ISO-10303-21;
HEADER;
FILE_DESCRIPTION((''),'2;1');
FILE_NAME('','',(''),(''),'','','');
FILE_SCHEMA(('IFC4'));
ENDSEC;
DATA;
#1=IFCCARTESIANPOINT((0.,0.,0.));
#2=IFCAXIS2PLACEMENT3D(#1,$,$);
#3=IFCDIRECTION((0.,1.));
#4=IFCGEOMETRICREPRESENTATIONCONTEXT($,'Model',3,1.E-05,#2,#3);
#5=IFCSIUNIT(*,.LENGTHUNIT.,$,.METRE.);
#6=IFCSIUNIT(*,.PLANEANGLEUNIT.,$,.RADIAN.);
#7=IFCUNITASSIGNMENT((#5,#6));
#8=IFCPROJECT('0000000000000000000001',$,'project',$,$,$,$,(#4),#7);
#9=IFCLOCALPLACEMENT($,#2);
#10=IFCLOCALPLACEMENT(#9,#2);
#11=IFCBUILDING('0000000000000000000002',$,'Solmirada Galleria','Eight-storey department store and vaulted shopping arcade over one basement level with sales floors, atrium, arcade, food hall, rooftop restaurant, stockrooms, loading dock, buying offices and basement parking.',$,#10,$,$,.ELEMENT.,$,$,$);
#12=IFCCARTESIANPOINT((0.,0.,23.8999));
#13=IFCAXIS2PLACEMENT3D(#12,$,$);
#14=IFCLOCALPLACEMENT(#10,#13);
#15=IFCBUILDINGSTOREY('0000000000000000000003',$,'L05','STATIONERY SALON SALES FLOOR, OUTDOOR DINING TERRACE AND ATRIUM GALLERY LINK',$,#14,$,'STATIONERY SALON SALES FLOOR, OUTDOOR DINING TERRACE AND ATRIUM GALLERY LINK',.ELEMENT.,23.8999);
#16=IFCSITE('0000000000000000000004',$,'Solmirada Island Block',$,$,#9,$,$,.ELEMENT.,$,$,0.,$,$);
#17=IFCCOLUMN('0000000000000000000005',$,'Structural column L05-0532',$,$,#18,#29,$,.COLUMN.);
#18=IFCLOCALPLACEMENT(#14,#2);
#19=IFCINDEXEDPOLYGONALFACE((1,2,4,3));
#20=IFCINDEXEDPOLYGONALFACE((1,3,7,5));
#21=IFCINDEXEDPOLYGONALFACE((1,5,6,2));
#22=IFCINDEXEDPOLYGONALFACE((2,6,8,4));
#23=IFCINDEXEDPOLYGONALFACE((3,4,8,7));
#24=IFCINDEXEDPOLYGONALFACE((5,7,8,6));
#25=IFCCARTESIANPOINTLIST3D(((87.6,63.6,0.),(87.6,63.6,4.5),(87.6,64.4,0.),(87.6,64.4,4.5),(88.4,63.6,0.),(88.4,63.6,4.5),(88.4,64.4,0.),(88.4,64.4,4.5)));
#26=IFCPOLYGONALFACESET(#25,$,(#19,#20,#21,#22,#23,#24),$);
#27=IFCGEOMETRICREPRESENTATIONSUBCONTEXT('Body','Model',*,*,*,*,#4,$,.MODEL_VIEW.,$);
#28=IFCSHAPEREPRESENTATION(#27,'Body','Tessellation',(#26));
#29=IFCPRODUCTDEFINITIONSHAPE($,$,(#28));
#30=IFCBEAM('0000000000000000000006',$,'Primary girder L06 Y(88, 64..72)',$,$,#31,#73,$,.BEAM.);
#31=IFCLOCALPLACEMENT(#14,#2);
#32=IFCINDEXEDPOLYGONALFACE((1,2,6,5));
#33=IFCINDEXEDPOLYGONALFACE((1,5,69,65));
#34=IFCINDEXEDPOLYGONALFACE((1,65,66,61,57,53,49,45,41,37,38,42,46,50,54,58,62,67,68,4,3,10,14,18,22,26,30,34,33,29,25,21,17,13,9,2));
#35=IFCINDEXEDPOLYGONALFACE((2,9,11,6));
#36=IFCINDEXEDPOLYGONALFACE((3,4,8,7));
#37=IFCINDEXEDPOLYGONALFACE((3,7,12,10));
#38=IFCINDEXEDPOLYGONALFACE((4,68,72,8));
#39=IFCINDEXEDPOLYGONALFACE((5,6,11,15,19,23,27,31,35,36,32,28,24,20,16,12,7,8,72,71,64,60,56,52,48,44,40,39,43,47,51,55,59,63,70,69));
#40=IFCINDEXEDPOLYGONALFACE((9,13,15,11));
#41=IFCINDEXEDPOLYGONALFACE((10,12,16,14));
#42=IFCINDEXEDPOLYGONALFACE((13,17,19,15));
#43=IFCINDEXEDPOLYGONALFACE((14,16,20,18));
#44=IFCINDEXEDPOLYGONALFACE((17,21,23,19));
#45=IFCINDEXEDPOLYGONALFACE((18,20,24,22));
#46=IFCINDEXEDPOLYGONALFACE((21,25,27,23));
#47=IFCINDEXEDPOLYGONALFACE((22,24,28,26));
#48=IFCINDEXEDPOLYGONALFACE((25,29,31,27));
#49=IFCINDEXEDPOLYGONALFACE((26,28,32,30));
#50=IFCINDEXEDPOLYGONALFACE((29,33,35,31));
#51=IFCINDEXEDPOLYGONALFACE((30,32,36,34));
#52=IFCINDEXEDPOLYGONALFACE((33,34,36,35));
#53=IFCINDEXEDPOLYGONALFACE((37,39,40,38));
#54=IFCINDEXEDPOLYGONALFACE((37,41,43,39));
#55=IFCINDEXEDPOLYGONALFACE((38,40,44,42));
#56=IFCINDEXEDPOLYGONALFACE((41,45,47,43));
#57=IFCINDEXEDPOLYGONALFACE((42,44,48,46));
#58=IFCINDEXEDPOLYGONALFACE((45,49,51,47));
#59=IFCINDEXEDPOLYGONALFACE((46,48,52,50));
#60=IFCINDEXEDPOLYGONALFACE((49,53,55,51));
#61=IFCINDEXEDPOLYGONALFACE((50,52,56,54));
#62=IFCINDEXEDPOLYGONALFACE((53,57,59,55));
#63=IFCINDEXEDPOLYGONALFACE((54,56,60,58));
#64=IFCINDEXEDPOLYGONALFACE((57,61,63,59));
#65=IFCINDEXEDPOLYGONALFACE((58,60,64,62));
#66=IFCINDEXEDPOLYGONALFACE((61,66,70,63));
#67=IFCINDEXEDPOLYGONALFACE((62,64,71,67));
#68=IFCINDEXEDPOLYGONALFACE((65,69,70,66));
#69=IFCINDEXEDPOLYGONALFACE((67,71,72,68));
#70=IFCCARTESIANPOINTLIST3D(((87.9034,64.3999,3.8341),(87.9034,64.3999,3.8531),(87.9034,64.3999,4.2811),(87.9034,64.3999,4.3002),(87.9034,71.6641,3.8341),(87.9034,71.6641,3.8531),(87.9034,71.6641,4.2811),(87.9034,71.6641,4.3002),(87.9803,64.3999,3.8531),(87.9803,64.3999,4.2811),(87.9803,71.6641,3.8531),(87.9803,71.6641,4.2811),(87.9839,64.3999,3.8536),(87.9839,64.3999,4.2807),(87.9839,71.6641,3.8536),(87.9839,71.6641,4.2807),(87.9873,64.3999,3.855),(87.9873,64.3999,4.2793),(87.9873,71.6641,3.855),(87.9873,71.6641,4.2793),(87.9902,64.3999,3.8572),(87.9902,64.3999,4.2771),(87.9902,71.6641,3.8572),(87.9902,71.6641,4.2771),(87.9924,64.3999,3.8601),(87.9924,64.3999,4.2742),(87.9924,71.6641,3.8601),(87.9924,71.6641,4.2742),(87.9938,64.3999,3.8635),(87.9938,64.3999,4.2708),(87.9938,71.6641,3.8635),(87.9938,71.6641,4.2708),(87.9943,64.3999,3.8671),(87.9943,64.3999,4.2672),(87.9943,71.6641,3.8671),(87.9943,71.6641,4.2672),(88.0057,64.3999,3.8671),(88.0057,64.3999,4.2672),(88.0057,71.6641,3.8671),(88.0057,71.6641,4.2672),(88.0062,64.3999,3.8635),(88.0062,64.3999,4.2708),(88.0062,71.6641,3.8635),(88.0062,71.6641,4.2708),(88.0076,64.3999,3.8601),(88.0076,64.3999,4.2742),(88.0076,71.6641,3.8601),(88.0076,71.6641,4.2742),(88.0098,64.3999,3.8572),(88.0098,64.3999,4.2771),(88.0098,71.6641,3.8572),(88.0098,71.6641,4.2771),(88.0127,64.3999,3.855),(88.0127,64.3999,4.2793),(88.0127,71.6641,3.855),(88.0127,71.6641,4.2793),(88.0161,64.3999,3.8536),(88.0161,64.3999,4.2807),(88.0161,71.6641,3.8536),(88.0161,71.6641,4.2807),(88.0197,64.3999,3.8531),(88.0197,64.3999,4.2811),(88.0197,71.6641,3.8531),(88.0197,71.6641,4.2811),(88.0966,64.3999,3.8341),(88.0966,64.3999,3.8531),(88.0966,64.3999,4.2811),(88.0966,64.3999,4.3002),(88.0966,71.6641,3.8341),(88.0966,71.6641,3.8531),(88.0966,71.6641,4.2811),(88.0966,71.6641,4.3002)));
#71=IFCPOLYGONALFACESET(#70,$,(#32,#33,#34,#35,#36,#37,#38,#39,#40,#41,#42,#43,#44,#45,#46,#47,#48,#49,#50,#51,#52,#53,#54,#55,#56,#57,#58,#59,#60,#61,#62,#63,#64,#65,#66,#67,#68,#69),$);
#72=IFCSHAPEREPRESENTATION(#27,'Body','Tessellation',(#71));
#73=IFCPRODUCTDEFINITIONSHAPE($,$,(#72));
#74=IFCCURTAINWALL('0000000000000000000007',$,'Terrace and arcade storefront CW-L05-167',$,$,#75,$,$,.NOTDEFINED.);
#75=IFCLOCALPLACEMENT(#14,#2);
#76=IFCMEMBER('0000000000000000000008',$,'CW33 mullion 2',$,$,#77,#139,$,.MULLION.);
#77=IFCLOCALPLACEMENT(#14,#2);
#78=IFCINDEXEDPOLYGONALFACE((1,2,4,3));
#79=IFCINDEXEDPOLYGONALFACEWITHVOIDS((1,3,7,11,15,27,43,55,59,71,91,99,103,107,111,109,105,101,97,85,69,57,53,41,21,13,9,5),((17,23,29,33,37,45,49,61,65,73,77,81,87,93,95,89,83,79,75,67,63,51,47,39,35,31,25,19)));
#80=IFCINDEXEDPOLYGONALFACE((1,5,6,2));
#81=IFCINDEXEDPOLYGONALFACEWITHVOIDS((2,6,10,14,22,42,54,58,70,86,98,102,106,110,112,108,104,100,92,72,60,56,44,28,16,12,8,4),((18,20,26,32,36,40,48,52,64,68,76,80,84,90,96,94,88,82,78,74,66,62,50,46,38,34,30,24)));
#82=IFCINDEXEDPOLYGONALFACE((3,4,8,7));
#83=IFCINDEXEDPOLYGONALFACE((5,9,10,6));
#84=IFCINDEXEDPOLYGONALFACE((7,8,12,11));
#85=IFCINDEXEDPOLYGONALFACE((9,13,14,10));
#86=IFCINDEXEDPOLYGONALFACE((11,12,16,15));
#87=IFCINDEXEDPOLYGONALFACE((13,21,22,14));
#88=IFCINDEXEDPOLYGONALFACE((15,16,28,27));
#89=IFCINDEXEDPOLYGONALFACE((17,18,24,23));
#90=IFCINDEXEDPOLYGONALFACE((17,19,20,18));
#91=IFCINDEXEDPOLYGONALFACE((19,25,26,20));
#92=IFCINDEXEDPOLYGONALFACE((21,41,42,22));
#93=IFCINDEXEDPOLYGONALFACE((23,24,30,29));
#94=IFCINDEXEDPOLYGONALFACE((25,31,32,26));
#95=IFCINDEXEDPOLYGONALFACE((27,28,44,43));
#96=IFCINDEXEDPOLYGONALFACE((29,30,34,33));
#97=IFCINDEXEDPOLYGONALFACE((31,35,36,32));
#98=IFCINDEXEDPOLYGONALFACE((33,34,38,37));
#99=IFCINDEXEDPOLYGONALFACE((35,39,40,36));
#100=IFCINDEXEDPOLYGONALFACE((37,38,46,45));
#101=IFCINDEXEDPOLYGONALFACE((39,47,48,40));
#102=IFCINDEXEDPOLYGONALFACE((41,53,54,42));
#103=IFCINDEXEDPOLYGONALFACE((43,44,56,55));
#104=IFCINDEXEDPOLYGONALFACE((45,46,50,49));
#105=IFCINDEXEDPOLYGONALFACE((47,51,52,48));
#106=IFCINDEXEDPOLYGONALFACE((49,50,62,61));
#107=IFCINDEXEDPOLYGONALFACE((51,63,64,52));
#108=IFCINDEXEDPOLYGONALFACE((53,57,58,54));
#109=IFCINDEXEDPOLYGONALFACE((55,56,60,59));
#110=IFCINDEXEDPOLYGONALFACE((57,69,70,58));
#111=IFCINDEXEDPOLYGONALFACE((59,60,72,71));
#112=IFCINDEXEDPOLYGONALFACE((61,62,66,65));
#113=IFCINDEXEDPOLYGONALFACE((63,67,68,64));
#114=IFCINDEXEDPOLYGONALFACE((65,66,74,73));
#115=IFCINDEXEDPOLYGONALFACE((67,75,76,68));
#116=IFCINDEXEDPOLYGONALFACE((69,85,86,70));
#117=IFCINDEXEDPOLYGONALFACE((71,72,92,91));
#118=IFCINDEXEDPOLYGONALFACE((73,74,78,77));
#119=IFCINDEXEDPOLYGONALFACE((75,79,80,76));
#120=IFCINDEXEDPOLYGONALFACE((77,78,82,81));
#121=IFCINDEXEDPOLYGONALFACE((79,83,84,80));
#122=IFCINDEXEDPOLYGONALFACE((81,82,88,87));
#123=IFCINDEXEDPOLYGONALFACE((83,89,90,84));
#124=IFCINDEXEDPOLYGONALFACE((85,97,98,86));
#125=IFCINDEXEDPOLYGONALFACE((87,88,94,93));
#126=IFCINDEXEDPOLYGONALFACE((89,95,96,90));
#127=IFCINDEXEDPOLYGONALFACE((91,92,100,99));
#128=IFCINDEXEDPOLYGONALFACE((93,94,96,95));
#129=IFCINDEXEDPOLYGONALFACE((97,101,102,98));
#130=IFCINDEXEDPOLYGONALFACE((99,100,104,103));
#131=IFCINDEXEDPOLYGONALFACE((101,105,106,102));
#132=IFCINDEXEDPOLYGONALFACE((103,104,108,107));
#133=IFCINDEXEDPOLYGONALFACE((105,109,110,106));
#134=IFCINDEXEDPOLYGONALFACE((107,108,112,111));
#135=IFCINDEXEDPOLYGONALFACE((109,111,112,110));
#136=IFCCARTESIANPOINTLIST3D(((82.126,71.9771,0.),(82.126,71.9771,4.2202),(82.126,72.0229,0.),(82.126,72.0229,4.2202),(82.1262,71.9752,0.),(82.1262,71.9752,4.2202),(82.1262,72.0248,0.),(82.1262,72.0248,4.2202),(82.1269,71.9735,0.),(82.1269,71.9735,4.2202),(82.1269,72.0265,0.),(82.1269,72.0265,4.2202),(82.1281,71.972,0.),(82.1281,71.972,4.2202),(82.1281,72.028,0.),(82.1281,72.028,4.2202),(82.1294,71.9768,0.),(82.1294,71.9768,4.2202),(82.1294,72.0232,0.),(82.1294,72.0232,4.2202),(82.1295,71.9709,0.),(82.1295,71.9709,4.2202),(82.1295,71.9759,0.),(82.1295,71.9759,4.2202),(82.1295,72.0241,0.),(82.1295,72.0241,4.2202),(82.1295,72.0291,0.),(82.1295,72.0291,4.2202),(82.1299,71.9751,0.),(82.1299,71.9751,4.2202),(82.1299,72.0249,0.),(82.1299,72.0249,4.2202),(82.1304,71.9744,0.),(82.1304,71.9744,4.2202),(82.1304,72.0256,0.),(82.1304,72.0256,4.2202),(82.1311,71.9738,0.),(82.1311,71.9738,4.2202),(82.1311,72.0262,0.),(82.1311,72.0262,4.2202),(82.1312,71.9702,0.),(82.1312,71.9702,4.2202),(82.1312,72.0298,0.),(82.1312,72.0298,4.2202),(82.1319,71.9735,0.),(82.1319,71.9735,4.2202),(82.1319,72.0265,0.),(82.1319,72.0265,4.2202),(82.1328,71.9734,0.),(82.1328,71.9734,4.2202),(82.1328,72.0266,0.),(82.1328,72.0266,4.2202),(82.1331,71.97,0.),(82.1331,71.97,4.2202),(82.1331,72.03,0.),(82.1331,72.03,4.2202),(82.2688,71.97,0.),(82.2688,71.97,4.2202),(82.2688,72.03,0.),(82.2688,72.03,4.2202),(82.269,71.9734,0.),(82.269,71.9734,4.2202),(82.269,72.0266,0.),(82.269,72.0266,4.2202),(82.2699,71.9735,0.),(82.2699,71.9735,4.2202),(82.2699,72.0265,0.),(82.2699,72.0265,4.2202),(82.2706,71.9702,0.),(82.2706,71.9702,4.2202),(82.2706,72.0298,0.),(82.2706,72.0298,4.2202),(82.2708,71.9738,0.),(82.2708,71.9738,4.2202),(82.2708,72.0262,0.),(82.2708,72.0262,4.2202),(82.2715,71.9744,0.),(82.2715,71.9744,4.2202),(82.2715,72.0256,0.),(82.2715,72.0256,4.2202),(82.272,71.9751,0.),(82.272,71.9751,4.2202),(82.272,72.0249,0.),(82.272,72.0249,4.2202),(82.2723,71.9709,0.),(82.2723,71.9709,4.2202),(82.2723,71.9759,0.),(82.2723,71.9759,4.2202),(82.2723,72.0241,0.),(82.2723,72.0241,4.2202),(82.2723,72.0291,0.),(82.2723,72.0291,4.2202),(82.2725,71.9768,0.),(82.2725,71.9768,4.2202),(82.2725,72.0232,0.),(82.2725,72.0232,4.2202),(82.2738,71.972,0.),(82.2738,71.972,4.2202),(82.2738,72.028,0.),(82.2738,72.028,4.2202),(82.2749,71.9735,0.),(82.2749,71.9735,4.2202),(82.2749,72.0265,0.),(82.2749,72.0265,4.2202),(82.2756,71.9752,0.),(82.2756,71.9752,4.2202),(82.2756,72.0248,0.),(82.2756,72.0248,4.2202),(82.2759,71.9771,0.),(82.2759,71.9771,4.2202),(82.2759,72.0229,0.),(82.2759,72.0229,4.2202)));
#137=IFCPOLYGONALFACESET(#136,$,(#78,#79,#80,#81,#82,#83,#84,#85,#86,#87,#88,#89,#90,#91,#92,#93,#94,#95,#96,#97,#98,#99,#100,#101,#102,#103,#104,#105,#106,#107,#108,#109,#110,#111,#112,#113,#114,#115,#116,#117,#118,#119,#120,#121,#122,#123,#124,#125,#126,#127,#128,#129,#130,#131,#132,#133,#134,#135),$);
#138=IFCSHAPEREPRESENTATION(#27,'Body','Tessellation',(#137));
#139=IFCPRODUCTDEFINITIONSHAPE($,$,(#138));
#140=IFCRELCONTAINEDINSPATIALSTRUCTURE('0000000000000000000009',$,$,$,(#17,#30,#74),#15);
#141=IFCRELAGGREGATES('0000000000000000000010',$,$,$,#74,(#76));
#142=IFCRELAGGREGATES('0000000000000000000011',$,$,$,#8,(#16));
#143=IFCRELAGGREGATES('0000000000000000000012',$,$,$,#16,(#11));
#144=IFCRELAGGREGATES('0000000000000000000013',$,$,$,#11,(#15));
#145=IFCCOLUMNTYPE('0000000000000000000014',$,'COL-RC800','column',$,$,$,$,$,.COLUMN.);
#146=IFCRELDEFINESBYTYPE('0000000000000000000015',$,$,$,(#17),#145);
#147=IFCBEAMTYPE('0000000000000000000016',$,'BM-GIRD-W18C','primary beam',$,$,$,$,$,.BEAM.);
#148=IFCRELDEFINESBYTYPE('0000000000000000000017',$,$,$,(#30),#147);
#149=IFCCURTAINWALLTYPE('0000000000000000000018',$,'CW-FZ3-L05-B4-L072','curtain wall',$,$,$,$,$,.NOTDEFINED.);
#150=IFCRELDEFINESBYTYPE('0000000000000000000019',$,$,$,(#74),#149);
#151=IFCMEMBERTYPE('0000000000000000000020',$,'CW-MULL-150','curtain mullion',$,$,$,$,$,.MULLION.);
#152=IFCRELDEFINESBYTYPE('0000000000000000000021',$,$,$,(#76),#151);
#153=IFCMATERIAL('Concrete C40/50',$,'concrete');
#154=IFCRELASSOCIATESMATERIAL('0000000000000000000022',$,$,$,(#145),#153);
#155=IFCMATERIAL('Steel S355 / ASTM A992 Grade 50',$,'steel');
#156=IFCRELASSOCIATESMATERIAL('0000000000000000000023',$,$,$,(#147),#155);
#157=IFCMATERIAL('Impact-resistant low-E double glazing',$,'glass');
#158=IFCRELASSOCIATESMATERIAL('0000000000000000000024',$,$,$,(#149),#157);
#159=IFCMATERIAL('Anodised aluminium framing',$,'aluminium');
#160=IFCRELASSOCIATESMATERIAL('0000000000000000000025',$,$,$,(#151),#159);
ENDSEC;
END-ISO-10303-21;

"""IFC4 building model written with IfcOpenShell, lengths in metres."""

from ifc_helpers import new_model, si_unit, direction, frame, origin, origin_2d, place, context, subcontext, project, spatial, rectangle, hollow_rectangle, i_section, extrude, material, material_profile, profile_set, type_object, element, aggregate, save


model = new_model("IFC4")

# Units and contexts
model_context = context("Model", 3, precision=1e-05, world=origin(), true_north=direction((0.0, 1.0)))
body_context = subcontext(model_context, "Body", "Model", "MODEL_VIEW")
ifc_project = project(units=[si_unit("LENGTHUNIT", "METRE"), si_unit("PLANEANGLEUNIT", "RADIAN")], contexts=[model_context])

# Site, building, storey
site_placement = place(None, origin())
site = spatial("IfcSite", under=ifc_project, at=site_placement, Name="Solmirada Island Block", CompositionType="ELEMENT", RefElevation=0.0)
building_placement = place(site_placement, origin())
building = spatial("IfcBuilding", under=site, at=building_placement, Name="Solmirada Galleria", Description="Eight-storey department store and vaulted shopping arcade over one basement level with sales floors, atrium, arcade, food hall, rooftop restaurant, stockrooms, loading dock, buying offices and basement parking.", CompositionType="ELEMENT")
storey_placement = place(building_placement, frame((0.0, 0.0, 23.8999)))
storey = spatial("IfcBuildingStorey", under=building, at=storey_placement, Name="L05", Description="STATIONERY SALON SALES FLOOR, OUTDOOR DINING TERRACE AND ATRIUM GALLERY LINK", LongName="STATIONERY SALON SALES FLOOR, OUTDOOR DINING TERRACE AND ATRIUM GALLERY LINK", CompositionType="ELEMENT", Elevation=23.8999)

# Column
ifc_material_1 = material(Name="Concrete C40/50", Category="concrete")
ifc_material_profile_1 = material_profile(ifc_material_1, rectangle(XDim=0.8, YDim=0.8, at=origin_2d()), Name="RC800X800")
ifc_profile_set_1 = profile_set([ifc_material_profile_1], Name="Concrete C40/50")
column_type = type_object("IfcColumnType", Name="COL-RC800", Description="column", PredefinedType="COLUMN", material=ifc_profile_set_1)
column_placement = place(storey_placement, frame((88.0, 64.0, 0.0), z_axis=(0.0, 0.0, 1.0), x_axis=(1.0, 0.0, 0.0)))
element("IfcColumn", 1, at=column_placement, inside=storey, type_object=column_type, Name="Structural column L05-0532", PredefinedType="COLUMN", context=body_context, shape_type="SweptSolid", body=[
    extrude(rectangle(XDim=0.8, YDim=0.8, at=origin_2d()), origin(), (0.0, 0.0, 1.0), 4.5),
])

# Beam
ifc_material_2 = material(Name="Steel S355 / ASTM A992 Grade 50", Category="steel")
ifc_material_profile_2 = material_profile(ifc_material_2, i_section(OverallWidth=0.1931, OverallDepth=0.4661, WebThickness=0.0115, FlangeThickness=0.019, FilletRadius=0.0139, at=origin_2d()), Name="W18X65")
ifc_profile_set_2 = profile_set([ifc_material_profile_2], Name="Steel S355 / ASTM A992 Grade 50")
beam_type = type_object("IfcBeamType", Name="BM-GIRD-W18C", Description="primary beam", PredefinedType="BEAM", material=ifc_profile_set_2)
beam_placement = place(storey_placement, frame((88.0, 64.3999, 4.0671), z_axis=(0.0, 1.0, 0.0), x_axis=(-1.0, 0.0, 0.0)))
element("IfcBeam", 2, at=beam_placement, inside=storey, type_object=beam_type, Name="Primary girder L06 Y(88, 64..72)", PredefinedType="BEAM", context=body_context, shape_type="SweptSolid", body=[
    extrude(i_section(OverallWidth=0.1931, OverallDepth=0.4661, WebThickness=0.0115, FlangeThickness=0.019, FilletRadius=0.0139, at=origin_2d()), origin(), (0.0, 0.0, 1.0), 7.2642),
])

# Curtain wall, member
ifc_material_3 = material(Name="Impact-resistant low-E double glazing", Category="glass")
curtain_wall_type = type_object("IfcCurtainWallType", Name="CW-FZ3-L05-B4-L072", Description="curtain wall", PredefinedType="NOTDEFINED", material=ifc_material_3)
curtain_wall_placement = place(storey_placement, origin())
curtain_wall = element("IfcCurtainWall", 3, at=curtain_wall_placement, inside=storey, type_object=curtain_wall_type, Name="Terrace and arcade storefront CW-L05-167", PredefinedType="NOTDEFINED")
ifc_material_4 = material(Name="Anodised aluminium framing", Category="aluminium")
ifc_material_profile_3 = material_profile(ifc_material_4, hollow_rectangle(XDim=0.0601, YDim=0.1499, WallThickness=0.0034, InnerFilletRadius=0.0034, OuterFilletRadius=0.0071, at=origin_2d()), Name="ALU-MULL-150X60")
ifc_profile_set_3 = profile_set([ifc_material_profile_3], Name="Anodised aluminium framing")
member_type_1 = type_object("IfcMemberType", Name="CW-MULL-150", Description="curtain mullion", PredefinedType="MULLION", material=ifc_profile_set_3)
member_1_placement = place(storey_placement, frame((82.2009, 72.0, 0.0), z_axis=(0.0, 0.0, 1.0), x_axis=(0.0, 1.0, 0.0)))
member_1 = element("IfcMember", 4, at=member_1_placement, type_object=member_type_1, Name="CW33 mullion 2", PredefinedType="MULLION", context=body_context, shape_type="SweptSolid", body=[
    extrude(hollow_rectangle(XDim=0.0601, YDim=0.1499, WallThickness=0.0034, InnerFilletRadius=0.0034, OuterFilletRadius=0.0071, at=origin_2d()), origin(), (0.0, 0.0, 1.0), 4.2202),
])
aggregate(curtain_wall, [member_1])

save(model, "model.ifc")
